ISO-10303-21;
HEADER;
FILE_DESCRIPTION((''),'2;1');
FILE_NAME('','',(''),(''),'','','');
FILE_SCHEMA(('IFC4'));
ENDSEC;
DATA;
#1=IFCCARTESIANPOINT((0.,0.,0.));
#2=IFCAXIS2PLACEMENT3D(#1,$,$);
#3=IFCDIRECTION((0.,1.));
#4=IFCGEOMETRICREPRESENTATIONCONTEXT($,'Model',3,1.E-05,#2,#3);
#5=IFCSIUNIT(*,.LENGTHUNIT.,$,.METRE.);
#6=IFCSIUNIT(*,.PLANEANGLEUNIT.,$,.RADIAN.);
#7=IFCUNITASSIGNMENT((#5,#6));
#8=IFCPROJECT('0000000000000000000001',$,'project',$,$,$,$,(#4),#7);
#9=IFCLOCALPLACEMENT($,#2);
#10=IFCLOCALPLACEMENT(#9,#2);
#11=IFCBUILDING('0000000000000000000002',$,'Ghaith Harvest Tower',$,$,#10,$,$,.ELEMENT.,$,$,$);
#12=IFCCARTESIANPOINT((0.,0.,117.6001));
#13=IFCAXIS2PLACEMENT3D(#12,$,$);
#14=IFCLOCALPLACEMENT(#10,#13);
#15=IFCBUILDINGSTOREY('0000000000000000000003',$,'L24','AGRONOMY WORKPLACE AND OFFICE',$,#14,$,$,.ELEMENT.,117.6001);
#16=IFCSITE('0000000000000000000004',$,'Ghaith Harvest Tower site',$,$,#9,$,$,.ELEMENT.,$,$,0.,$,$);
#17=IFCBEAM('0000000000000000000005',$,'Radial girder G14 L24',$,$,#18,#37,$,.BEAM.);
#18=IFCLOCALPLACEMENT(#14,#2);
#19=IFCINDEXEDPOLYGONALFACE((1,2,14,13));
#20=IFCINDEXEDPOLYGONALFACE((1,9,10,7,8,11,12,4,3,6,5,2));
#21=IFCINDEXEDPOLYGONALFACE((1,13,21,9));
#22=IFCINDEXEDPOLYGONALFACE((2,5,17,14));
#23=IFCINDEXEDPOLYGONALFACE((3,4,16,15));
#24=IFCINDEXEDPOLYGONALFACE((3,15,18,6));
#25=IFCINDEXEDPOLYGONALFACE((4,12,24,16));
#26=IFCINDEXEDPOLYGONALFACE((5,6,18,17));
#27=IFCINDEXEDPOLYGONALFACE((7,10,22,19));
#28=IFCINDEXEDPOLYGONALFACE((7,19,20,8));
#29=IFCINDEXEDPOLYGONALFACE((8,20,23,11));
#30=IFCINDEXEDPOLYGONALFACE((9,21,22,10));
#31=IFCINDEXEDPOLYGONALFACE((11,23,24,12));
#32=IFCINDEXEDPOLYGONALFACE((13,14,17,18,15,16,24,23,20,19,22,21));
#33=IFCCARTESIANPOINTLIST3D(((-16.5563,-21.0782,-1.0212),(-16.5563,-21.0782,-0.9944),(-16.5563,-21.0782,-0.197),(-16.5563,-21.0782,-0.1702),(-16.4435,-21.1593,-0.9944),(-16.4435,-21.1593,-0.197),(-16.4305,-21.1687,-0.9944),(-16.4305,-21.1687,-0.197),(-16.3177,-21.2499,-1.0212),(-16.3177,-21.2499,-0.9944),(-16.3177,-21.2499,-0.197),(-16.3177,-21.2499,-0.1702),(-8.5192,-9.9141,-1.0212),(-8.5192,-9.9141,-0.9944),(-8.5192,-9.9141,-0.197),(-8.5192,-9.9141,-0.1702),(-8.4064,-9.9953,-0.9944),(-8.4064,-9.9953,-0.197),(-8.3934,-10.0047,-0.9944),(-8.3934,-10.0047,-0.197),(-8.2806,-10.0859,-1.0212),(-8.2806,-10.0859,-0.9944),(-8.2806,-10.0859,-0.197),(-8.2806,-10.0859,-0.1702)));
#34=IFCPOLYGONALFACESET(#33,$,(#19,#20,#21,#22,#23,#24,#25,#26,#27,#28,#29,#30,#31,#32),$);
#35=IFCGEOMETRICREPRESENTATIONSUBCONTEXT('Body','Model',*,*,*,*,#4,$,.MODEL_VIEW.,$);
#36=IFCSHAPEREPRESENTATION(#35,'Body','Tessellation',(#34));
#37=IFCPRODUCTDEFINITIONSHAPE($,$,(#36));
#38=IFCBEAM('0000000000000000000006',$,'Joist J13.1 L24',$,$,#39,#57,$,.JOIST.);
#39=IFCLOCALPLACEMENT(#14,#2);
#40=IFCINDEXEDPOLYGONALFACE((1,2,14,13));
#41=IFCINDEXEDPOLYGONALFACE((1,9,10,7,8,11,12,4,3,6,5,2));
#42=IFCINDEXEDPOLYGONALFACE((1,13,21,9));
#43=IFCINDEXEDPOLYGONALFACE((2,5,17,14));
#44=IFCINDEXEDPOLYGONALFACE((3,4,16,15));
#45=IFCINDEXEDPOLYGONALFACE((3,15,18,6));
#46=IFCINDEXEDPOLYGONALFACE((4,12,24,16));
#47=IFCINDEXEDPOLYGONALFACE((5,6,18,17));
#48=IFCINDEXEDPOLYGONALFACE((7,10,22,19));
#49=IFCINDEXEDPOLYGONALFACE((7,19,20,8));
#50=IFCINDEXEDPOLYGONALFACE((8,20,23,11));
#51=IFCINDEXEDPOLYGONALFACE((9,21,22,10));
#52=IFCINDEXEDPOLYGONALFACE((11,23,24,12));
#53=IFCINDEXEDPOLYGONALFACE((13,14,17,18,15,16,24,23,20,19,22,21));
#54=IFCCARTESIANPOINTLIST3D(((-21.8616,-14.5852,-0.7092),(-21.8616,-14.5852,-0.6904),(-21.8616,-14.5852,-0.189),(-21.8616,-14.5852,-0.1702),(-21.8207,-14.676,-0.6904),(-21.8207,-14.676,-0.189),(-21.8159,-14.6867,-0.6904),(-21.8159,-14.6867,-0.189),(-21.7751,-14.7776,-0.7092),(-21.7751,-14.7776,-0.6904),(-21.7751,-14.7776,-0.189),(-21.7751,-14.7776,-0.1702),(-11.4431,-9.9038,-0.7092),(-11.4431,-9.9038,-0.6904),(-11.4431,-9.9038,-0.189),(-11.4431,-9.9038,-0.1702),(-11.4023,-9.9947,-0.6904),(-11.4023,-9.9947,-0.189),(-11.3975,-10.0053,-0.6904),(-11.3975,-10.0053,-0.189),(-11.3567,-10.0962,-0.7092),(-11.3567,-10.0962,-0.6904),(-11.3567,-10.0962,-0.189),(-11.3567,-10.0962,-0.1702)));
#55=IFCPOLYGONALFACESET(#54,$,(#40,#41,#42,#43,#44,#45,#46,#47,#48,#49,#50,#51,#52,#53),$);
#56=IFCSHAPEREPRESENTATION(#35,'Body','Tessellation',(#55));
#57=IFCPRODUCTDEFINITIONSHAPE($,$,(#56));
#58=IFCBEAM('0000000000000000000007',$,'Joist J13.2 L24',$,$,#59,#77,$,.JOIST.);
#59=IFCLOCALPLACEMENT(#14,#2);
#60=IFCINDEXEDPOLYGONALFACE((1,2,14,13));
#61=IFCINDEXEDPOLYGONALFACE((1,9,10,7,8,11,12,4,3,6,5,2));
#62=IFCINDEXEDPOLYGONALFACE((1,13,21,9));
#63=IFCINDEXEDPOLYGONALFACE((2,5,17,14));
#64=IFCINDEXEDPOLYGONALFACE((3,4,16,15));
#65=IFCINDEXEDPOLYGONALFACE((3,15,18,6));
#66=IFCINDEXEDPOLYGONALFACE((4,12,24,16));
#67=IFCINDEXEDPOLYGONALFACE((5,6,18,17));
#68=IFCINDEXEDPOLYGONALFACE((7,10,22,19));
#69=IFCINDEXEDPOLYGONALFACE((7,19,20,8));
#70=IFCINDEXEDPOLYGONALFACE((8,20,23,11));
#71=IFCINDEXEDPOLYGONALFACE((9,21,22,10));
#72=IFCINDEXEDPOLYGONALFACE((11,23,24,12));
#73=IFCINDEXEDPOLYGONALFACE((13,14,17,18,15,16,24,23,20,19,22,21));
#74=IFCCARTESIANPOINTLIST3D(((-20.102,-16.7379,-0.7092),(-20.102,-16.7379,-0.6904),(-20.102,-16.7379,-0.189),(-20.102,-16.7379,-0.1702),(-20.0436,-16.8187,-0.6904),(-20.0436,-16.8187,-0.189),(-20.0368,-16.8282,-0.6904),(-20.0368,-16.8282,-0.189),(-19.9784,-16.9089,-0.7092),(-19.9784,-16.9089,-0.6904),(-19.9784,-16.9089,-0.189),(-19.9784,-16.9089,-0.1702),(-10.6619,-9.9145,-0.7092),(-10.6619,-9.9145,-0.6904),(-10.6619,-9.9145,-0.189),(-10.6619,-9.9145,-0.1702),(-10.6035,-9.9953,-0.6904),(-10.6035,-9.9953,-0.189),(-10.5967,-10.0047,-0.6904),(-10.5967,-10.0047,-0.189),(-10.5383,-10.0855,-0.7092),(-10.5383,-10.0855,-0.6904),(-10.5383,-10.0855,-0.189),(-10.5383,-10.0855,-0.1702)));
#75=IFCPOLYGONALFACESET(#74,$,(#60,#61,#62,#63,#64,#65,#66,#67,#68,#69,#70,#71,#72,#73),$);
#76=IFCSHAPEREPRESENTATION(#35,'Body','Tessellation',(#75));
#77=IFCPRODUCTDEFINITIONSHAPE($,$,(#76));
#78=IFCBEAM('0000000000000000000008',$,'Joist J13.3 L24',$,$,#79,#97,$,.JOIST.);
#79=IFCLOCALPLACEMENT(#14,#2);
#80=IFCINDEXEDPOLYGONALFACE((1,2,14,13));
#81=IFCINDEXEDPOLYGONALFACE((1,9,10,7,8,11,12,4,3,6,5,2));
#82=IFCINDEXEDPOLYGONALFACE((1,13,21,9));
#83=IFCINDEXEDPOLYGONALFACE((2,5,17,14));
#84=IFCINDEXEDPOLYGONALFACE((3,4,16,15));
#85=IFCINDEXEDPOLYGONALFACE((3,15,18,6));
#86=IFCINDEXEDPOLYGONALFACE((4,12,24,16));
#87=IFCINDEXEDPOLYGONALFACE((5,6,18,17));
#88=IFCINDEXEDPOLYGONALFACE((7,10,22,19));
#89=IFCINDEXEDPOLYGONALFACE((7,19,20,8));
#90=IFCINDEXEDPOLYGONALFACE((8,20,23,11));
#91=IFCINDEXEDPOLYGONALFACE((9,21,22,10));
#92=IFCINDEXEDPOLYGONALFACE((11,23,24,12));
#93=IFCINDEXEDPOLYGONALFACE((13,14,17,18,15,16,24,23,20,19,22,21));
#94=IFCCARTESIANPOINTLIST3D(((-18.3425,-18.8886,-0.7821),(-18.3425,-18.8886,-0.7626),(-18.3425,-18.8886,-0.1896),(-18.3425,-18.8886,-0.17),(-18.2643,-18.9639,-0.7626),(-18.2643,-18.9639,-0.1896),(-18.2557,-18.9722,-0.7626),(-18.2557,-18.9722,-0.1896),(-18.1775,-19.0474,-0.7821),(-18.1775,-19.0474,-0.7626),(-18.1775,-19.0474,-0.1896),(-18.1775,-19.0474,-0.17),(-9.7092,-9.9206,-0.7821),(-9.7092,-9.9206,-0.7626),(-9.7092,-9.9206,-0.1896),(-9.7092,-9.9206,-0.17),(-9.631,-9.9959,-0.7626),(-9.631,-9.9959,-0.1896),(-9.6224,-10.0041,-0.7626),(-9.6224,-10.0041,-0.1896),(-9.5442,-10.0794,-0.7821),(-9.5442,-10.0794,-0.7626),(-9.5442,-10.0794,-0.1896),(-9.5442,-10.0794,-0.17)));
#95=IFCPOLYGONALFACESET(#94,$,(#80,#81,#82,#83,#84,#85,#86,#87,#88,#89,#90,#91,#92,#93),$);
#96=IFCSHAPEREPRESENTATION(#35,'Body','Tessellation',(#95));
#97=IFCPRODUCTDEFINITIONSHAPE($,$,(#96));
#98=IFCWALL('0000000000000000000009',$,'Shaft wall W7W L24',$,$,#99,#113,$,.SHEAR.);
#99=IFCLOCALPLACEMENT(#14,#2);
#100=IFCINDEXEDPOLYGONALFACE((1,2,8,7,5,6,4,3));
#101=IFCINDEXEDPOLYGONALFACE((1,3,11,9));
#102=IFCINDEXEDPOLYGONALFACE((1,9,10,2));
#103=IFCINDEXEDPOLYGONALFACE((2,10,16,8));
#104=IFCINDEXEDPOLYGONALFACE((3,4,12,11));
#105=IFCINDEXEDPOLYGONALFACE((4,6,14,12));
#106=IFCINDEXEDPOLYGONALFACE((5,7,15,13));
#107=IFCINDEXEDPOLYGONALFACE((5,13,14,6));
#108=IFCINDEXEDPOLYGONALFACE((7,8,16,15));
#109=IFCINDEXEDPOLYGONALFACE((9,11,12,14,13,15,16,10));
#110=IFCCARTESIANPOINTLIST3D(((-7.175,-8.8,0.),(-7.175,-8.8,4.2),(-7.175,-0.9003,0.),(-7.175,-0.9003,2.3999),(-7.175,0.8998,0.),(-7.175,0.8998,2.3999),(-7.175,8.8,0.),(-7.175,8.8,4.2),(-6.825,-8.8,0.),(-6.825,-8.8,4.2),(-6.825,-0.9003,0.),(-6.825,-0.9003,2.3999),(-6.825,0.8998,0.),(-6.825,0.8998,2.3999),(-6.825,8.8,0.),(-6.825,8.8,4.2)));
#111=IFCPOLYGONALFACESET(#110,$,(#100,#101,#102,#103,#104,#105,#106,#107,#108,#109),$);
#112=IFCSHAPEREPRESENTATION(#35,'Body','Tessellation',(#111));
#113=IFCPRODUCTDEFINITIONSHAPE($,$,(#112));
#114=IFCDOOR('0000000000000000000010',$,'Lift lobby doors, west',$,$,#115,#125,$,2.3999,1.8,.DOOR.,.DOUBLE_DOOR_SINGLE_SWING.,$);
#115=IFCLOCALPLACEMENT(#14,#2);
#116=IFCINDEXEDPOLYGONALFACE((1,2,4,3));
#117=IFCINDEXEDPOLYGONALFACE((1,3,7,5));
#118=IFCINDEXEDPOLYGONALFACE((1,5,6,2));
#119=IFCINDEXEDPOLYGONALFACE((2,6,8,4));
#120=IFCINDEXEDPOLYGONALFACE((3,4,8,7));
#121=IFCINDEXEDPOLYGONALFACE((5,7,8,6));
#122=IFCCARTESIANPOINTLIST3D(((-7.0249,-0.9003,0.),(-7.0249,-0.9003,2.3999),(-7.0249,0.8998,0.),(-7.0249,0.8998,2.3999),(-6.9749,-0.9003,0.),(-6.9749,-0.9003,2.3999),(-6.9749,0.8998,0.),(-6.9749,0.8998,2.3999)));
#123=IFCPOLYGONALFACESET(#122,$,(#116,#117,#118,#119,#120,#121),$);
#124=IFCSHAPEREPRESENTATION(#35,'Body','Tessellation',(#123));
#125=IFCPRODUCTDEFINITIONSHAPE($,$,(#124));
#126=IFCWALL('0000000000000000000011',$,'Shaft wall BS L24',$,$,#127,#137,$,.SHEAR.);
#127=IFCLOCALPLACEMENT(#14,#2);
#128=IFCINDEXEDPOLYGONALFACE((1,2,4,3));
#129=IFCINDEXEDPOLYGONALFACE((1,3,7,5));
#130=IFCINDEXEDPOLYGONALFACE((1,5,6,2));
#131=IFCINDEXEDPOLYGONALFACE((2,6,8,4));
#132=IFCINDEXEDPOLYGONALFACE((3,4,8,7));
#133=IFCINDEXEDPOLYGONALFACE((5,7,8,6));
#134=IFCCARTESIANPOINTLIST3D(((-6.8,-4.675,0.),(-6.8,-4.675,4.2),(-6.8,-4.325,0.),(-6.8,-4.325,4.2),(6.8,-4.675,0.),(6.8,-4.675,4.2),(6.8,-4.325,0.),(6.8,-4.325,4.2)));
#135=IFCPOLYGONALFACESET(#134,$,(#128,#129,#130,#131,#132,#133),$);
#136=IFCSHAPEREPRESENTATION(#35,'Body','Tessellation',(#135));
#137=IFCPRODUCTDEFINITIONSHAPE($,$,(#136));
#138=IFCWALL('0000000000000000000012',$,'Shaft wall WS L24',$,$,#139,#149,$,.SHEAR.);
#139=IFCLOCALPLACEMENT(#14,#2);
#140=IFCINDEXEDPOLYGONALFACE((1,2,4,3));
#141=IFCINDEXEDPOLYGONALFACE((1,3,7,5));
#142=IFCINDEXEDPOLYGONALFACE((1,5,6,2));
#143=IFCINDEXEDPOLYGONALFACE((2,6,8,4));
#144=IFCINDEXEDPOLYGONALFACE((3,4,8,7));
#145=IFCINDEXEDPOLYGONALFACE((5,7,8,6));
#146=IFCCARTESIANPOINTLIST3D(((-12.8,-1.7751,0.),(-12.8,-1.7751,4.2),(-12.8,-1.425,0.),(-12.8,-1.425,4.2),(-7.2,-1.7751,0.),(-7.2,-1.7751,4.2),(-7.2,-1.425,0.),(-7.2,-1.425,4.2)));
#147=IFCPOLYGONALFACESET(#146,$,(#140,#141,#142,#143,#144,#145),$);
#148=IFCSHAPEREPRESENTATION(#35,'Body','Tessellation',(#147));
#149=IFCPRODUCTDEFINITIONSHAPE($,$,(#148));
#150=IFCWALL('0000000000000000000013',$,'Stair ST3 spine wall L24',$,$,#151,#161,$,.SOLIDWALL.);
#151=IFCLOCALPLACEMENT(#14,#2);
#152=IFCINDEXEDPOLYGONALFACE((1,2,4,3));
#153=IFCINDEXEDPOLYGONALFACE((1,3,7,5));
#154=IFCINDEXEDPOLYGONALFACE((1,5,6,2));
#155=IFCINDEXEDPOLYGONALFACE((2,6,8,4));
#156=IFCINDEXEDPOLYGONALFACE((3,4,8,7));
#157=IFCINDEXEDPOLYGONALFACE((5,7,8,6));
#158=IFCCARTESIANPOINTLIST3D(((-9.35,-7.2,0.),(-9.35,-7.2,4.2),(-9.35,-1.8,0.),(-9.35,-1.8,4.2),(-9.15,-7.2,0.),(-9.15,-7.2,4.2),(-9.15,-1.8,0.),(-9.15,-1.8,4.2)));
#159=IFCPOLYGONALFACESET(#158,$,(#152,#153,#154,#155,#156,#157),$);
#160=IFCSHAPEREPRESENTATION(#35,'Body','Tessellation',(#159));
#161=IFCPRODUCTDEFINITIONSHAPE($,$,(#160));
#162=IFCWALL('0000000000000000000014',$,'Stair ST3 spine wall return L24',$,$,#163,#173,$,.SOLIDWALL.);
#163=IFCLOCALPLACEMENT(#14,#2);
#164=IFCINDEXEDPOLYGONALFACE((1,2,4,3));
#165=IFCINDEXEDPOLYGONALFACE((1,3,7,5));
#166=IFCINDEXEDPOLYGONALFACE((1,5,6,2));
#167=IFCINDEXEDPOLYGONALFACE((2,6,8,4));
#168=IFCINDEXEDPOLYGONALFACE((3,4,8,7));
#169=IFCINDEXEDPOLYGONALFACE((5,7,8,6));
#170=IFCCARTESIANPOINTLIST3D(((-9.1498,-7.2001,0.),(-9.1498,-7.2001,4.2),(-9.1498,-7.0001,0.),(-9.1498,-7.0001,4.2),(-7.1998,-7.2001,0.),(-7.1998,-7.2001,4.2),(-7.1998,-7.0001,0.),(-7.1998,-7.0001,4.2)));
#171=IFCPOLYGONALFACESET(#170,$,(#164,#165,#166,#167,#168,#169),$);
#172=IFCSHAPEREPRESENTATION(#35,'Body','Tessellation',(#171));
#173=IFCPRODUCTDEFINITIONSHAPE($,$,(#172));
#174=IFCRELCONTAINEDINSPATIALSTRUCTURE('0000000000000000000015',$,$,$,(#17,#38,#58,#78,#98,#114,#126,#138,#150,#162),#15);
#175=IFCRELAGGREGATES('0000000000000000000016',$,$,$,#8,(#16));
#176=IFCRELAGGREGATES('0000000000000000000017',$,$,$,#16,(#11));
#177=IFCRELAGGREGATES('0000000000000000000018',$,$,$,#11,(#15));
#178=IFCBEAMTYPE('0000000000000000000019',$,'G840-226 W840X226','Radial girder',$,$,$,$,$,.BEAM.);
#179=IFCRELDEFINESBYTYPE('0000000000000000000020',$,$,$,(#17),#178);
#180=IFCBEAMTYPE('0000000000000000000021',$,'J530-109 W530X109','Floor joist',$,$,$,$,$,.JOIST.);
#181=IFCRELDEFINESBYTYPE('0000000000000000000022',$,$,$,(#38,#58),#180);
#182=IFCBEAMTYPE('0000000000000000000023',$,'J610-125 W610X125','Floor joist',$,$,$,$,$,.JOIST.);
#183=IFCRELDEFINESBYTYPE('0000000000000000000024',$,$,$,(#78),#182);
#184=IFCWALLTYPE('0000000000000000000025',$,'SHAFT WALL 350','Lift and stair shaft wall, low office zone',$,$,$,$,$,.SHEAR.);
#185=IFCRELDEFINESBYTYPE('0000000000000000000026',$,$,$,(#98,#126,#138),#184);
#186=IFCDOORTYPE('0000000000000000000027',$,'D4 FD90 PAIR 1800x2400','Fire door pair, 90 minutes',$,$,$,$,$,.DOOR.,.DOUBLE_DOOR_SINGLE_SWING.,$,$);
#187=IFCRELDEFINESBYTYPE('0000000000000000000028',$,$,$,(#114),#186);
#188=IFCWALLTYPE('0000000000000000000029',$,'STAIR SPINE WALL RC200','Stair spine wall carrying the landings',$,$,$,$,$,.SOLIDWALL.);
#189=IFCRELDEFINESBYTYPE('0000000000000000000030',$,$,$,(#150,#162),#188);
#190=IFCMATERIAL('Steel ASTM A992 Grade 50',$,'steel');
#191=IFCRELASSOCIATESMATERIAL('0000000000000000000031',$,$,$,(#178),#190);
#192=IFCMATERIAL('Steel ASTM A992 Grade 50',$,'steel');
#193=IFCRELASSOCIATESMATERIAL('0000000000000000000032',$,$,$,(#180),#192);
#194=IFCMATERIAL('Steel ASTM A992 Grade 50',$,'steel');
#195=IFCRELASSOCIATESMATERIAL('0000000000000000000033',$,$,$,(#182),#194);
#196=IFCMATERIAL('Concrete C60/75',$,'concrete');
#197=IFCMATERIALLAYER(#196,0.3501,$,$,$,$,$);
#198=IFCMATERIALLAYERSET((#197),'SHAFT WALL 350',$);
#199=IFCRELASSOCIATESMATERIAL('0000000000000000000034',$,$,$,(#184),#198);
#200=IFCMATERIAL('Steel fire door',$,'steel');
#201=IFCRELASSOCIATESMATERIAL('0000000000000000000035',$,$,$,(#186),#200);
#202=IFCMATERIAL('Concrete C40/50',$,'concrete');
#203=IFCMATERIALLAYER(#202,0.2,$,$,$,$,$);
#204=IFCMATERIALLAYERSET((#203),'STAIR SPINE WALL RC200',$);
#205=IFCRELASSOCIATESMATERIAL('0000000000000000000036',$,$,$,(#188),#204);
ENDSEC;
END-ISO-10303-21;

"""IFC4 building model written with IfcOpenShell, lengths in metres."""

from ifc_helpers import new_model, si_unit, direction, frame, frame_2d, origin, origin_2d, place, context, subcontext, project, spatial, rectangle, i_section, extrude, material, layer, layer_set, material_profile, profile_set, type_object, element, fill, save


model = new_model("IFC4")

# Units and contexts
model_context = context("Model", 3, precision=1e-05, world=origin(), true_north=direction((0.0, 1.0)))
body_context = subcontext(model_context, "Body", "Model", "MODEL_VIEW")
ifc_project = project(units=[si_unit("LENGTHUNIT", "METRE"), si_unit("PLANEANGLEUNIT", "RADIAN")], contexts=[model_context])

# Site, building, storey
site_placement = place(None, origin())
site = spatial("IfcSite", under=ifc_project, at=site_placement, Name="Ghaith Harvest Tower site", CompositionType="ELEMENT", RefElevation=0.0)
building_placement = place(site_placement, origin())
building = spatial("IfcBuilding", under=site, at=building_placement, Name="Ghaith Harvest Tower", CompositionType="ELEMENT")
storey_placement = place(building_placement, frame((0.0, 0.0, 117.6001)))
storey = spatial("IfcBuildingStorey", under=building, at=storey_placement, Name="L24", Description="AGRONOMY WORKPLACE AND OFFICE", CompositionType="ELEMENT", Elevation=117.6001)

# Beams
ifc_material_1 = material(Name="Steel ASTM A992 Grade 50", Category="steel")
ifc_material_profile_1 = material_profile(ifc_material_1, i_section(OverallWidth=0.2939, OverallDepth=0.8511, WebThickness=0.0161, FlangeThickness=0.0269, at=origin_2d()), Name="W840X226")
ifc_profile_set_1 = profile_set([ifc_material_profile_1], Name="Steel ASTM A992 Grade 50")
beam_type_1 = type_object("IfcBeamType", Name="G840-226 W840X226", Description="Radial girder", PredefinedType="BEAM", material=ifc_profile_set_1)
beam_1_placement = place(storey_placement, frame((-8.3999, -10.0, -0.5957), z_axis=(-0.584256, -0.811569, 0.0), x_axis=(0.811569, -0.584256, 0.0)))
element("IfcBeam", 1, at=beam_1_placement, inside=storey, type_object=beam_type_1, Name="Radial girder G14 L24", PredefinedType="BEAM", context=body_context, shape_type="SweptSolid", body=[
    extrude(i_section(OverallWidth=0.2939, OverallDepth=0.8511, WebThickness=0.0161, FlangeThickness=0.0269, at=origin_2d()), origin(), (0.0, 0.0, 1.0), 13.7561),
])
ifc_material_2 = material(Name="Steel ASTM A992 Grade 50", Category="steel")
ifc_material_profile_2 = material_profile(ifc_material_2, i_section(OverallWidth=0.2109, OverallDepth=0.5391, WebThickness=0.0117, FlangeThickness=0.0188, at=origin_2d()), Name="W530X109")
ifc_profile_set_2 = profile_set([ifc_material_profile_2], Name="Steel ASTM A992 Grade 50")
beam_type_2 = type_object("IfcBeamType", Name="J530-109 W530X109", Description="Floor joist", PredefinedType="JOIST", material=ifc_profile_set_2)
beam_2_placement = place(storey_placement, frame((-11.3999, -10.0, -0.4397), z_axis=(-0.912148, -0.409862, 0.0), x_axis=(0.409862, -0.912148, 0.0)))
element("IfcBeam", 2, at=beam_2_placement, inside=storey, type_object=beam_type_2, Name="Joist J13.1 L24", PredefinedType="JOIST", context=body_context, shape_type="SweptSolid", body=[
    extrude(i_section(OverallWidth=0.2109, OverallDepth=0.5391, WebThickness=0.0117, FlangeThickness=0.0188, at=origin_2d()), origin(), (0.0, 0.0, 1.0), 11.4219),
])
beam_3_placement = place(storey_placement, frame((-10.6001, -10.0, -0.4397), z_axis=(-0.810452, -0.585805, 0.0), x_axis=(0.585805, -0.810452, 0.0)))
element("IfcBeam", 3, at=beam_3_placement, inside=storey, type_object=beam_type_2, Name="Joist J13.2 L24", PredefinedType="JOIST", context=body_context, shape_type="SweptSolid", body=[
    extrude(i_section(OverallWidth=0.2109, OverallDepth=0.5391, WebThickness=0.0117, FlangeThickness=0.0188, at=origin_2d()), origin(), (0.0, 0.0, 1.0), 11.6479),
])
ifc_material_3 = material(Name="Steel ASTM A992 Grade 50", Category="steel")
ifc_material_profile_3 = material_profile(ifc_material_3, i_section(OverallWidth=0.229, OverallDepth=0.6121, WebThickness=0.012, FlangeThickness=0.0195, at=origin_2d()), Name="W610X125")
ifc_profile_set_3 = profile_set([ifc_material_profile_3], Name="Steel ASTM A992 Grade 50")
beam_type_3 = type_object("IfcBeamType", Name="J610-125 W610X125", Description="Floor joist", PredefinedType="JOIST", material=ifc_profile_set_3)
beam_4_placement = place(storey_placement, frame((-9.6267, -10.0, -0.4761), z_axis=(-0.693535, -0.720423, 0.0), x_axis=(0.720423, -0.693535, 0.0)))
element("IfcBeam", 4, at=beam_4_placement, inside=storey, type_object=beam_type_3, Name="Joist J13.3 L24", PredefinedType="JOIST", context=body_context, shape_type="SweptSolid", body=[
    extrude(i_section(OverallWidth=0.229, OverallDepth=0.6121, WebThickness=0.012, FlangeThickness=0.0195, at=origin_2d()), origin(), (0.0, 0.0, 1.0), 12.4482),
])

# Wall, opening, door
ifc_material_4 = material(Name="Concrete C60/75", Category="concrete")
ifc_layer_1 = layer(ifc_material_4, 0.3501)
ifc_layer_set_1 = layer_set([ifc_layer_1], Name="SHAFT WALL 350")
wall_type_1 = type_object("IfcWallType", Name="SHAFT WALL 350", Description="Lift and stair shaft wall, low office zone", PredefinedType="SHEAR", material=ifc_layer_set_1)
wall_1_placement = place(storey_placement, frame((-7.0, -8.8, 0.0), z_axis=(0.0, 0.0, 1.0), x_axis=(0.0, 1.0, 0.0)))
wall_1 = element("IfcWall", 5, at=wall_1_placement, inside=storey, type_object=wall_type_1, Name="Shaft wall W7W L24", PredefinedType="SHEAR", context=body_context, shape_type="SweptSolid", body=[
    extrude(rectangle(XDim=17.6001, YDim=0.3501, at=frame_2d((8.8, 0.0))), origin(), (0.0, 0.0, 1.0), 4.2),
])
opening_1_placement = place(wall_1_placement, frame((7.8999, 0.0, 0.0)))
opening_1 = element("IfcOpeningElement", 6, at=opening_1_placement, cuts=wall_1, PredefinedType="OPENING", context=body_context, shape_type="SweptSolid", body=[
    extrude(rectangle(XDim=1.8, YDim=2.3999, at=frame_2d((0.8999, 1.2))), frame((0.0, 0.1851, 0.0), z_axis=(0.0, -1.0, 0.0), x_axis=(1.0, 0.0, 0.0)), (0.0, 0.0, 1.0), 0.3701),
])
ifc_material_5 = material(Name="Steel fire door", Category="steel")
door_type_1 = type_object("IfcDoorType", Name="D4 FD90 PAIR 1800x2400", Description="Fire door pair, 90 minutes", OperationType="DOUBLE_DOOR_SINGLE_SWING", PredefinedType="DOOR", material=ifc_material_5)
door_1_placement = place(opening_1_placement, origin())
door_1 = element("IfcDoor", 7, at=door_1_placement, inside=storey, type_object=door_type_1, Name="Lift lobby doors, west", OperationType="DOUBLE_DOOR_SINGLE_SWING", OverallHeight=2.3999, OverallWidth=1.8, PredefinedType="DOOR", context=body_context, shape_type="SweptSolid", body=[
    extrude(rectangle(XDim=1.8, YDim=2.3999, at=frame_2d((0.8999, 1.2))), frame((0.0, 0.0249, 0.0), z_axis=(0.0, -1.0, 0.0), x_axis=(1.0, 0.0, 0.0)), (0.0, 0.0, 1.0), 0.05),
])
fill(opening_1, door_1)

# Walls
wall_2_placement = place(storey_placement, frame((-6.8, -4.5, 0.0), z_axis=(0.0, 0.0, 1.0), x_axis=(1.0, 0.0, 0.0)))
element("IfcWall", 8, at=wall_2_placement, inside=storey, type_object=wall_type_1, Name="Shaft wall BS L24", PredefinedType="SHEAR", context=body_context, shape_type="SweptSolid", body=[
    extrude(rectangle(XDim=13.6001, YDim=0.3501, at=frame_2d((6.8, 0.0))), origin(), (0.0, 0.0, 1.0), 4.2),
])
wall_3_placement = place(storey_placement, frame((-12.8, -1.6001, 0.0), z_axis=(0.0, 0.0, 1.0), x_axis=(1.0, 0.0, 0.0)))
element("IfcWall", 9, at=wall_3_placement, inside=storey, type_object=wall_type_1, Name="Shaft wall WS L24", PredefinedType="SHEAR", context=body_context, shape_type="SweptSolid", body=[
    extrude(rectangle(XDim=5.6001, YDim=0.3501, at=frame_2d((2.8, 0.0))), origin(), (0.0, 0.0, 1.0), 4.2),
])
ifc_material_6 = material(Name="Concrete C40/50", Category="concrete")
ifc_layer_2 = layer(ifc_material_6, 0.2)
ifc_layer_set_2 = layer_set([ifc_layer_2], Name="STAIR SPINE WALL RC200")
wall_type_2 = type_object("IfcWallType", Name="STAIR SPINE WALL RC200", Description="Stair spine wall carrying the landings", PredefinedType="SOLIDWALL", material=ifc_layer_set_2)
wall_4_placement = place(storey_placement, frame((-9.25, -7.2, 0.0), z_axis=(0.0, 0.0, 1.0), x_axis=(0.0, 1.0, 0.0)))
element("IfcWall", 10, at=wall_4_placement, inside=storey, type_object=wall_type_2, Name="Stair ST3 spine wall L24", PredefinedType="SOLIDWALL", context=body_context, shape_type="SweptSolid", body=[
    extrude(rectangle(XDim=5.3999, YDim=0.2, at=frame_2d((2.7, 0.0))), origin(), (0.0, 0.0, 1.0), 4.2),
])
wall_5_placement = place(storey_placement, frame((-9.1499, -7.1001, 0.0), z_axis=(0.0, 0.0, 1.0), x_axis=(1.0, 0.0, 0.0)))
element("IfcWall", 11, at=wall_5_placement, inside=storey, type_object=wall_type_2, Name="Stair ST3 spine wall return L24", PredefinedType="SOLIDWALL", context=body_context, shape_type="SweptSolid", body=[
    extrude(rectangle(XDim=1.95, YDim=0.2, at=frame_2d((0.9751, 0.0))), origin(), (0.0, 0.0, 1.0), 4.2),
])

save(model, "model.ifc")
